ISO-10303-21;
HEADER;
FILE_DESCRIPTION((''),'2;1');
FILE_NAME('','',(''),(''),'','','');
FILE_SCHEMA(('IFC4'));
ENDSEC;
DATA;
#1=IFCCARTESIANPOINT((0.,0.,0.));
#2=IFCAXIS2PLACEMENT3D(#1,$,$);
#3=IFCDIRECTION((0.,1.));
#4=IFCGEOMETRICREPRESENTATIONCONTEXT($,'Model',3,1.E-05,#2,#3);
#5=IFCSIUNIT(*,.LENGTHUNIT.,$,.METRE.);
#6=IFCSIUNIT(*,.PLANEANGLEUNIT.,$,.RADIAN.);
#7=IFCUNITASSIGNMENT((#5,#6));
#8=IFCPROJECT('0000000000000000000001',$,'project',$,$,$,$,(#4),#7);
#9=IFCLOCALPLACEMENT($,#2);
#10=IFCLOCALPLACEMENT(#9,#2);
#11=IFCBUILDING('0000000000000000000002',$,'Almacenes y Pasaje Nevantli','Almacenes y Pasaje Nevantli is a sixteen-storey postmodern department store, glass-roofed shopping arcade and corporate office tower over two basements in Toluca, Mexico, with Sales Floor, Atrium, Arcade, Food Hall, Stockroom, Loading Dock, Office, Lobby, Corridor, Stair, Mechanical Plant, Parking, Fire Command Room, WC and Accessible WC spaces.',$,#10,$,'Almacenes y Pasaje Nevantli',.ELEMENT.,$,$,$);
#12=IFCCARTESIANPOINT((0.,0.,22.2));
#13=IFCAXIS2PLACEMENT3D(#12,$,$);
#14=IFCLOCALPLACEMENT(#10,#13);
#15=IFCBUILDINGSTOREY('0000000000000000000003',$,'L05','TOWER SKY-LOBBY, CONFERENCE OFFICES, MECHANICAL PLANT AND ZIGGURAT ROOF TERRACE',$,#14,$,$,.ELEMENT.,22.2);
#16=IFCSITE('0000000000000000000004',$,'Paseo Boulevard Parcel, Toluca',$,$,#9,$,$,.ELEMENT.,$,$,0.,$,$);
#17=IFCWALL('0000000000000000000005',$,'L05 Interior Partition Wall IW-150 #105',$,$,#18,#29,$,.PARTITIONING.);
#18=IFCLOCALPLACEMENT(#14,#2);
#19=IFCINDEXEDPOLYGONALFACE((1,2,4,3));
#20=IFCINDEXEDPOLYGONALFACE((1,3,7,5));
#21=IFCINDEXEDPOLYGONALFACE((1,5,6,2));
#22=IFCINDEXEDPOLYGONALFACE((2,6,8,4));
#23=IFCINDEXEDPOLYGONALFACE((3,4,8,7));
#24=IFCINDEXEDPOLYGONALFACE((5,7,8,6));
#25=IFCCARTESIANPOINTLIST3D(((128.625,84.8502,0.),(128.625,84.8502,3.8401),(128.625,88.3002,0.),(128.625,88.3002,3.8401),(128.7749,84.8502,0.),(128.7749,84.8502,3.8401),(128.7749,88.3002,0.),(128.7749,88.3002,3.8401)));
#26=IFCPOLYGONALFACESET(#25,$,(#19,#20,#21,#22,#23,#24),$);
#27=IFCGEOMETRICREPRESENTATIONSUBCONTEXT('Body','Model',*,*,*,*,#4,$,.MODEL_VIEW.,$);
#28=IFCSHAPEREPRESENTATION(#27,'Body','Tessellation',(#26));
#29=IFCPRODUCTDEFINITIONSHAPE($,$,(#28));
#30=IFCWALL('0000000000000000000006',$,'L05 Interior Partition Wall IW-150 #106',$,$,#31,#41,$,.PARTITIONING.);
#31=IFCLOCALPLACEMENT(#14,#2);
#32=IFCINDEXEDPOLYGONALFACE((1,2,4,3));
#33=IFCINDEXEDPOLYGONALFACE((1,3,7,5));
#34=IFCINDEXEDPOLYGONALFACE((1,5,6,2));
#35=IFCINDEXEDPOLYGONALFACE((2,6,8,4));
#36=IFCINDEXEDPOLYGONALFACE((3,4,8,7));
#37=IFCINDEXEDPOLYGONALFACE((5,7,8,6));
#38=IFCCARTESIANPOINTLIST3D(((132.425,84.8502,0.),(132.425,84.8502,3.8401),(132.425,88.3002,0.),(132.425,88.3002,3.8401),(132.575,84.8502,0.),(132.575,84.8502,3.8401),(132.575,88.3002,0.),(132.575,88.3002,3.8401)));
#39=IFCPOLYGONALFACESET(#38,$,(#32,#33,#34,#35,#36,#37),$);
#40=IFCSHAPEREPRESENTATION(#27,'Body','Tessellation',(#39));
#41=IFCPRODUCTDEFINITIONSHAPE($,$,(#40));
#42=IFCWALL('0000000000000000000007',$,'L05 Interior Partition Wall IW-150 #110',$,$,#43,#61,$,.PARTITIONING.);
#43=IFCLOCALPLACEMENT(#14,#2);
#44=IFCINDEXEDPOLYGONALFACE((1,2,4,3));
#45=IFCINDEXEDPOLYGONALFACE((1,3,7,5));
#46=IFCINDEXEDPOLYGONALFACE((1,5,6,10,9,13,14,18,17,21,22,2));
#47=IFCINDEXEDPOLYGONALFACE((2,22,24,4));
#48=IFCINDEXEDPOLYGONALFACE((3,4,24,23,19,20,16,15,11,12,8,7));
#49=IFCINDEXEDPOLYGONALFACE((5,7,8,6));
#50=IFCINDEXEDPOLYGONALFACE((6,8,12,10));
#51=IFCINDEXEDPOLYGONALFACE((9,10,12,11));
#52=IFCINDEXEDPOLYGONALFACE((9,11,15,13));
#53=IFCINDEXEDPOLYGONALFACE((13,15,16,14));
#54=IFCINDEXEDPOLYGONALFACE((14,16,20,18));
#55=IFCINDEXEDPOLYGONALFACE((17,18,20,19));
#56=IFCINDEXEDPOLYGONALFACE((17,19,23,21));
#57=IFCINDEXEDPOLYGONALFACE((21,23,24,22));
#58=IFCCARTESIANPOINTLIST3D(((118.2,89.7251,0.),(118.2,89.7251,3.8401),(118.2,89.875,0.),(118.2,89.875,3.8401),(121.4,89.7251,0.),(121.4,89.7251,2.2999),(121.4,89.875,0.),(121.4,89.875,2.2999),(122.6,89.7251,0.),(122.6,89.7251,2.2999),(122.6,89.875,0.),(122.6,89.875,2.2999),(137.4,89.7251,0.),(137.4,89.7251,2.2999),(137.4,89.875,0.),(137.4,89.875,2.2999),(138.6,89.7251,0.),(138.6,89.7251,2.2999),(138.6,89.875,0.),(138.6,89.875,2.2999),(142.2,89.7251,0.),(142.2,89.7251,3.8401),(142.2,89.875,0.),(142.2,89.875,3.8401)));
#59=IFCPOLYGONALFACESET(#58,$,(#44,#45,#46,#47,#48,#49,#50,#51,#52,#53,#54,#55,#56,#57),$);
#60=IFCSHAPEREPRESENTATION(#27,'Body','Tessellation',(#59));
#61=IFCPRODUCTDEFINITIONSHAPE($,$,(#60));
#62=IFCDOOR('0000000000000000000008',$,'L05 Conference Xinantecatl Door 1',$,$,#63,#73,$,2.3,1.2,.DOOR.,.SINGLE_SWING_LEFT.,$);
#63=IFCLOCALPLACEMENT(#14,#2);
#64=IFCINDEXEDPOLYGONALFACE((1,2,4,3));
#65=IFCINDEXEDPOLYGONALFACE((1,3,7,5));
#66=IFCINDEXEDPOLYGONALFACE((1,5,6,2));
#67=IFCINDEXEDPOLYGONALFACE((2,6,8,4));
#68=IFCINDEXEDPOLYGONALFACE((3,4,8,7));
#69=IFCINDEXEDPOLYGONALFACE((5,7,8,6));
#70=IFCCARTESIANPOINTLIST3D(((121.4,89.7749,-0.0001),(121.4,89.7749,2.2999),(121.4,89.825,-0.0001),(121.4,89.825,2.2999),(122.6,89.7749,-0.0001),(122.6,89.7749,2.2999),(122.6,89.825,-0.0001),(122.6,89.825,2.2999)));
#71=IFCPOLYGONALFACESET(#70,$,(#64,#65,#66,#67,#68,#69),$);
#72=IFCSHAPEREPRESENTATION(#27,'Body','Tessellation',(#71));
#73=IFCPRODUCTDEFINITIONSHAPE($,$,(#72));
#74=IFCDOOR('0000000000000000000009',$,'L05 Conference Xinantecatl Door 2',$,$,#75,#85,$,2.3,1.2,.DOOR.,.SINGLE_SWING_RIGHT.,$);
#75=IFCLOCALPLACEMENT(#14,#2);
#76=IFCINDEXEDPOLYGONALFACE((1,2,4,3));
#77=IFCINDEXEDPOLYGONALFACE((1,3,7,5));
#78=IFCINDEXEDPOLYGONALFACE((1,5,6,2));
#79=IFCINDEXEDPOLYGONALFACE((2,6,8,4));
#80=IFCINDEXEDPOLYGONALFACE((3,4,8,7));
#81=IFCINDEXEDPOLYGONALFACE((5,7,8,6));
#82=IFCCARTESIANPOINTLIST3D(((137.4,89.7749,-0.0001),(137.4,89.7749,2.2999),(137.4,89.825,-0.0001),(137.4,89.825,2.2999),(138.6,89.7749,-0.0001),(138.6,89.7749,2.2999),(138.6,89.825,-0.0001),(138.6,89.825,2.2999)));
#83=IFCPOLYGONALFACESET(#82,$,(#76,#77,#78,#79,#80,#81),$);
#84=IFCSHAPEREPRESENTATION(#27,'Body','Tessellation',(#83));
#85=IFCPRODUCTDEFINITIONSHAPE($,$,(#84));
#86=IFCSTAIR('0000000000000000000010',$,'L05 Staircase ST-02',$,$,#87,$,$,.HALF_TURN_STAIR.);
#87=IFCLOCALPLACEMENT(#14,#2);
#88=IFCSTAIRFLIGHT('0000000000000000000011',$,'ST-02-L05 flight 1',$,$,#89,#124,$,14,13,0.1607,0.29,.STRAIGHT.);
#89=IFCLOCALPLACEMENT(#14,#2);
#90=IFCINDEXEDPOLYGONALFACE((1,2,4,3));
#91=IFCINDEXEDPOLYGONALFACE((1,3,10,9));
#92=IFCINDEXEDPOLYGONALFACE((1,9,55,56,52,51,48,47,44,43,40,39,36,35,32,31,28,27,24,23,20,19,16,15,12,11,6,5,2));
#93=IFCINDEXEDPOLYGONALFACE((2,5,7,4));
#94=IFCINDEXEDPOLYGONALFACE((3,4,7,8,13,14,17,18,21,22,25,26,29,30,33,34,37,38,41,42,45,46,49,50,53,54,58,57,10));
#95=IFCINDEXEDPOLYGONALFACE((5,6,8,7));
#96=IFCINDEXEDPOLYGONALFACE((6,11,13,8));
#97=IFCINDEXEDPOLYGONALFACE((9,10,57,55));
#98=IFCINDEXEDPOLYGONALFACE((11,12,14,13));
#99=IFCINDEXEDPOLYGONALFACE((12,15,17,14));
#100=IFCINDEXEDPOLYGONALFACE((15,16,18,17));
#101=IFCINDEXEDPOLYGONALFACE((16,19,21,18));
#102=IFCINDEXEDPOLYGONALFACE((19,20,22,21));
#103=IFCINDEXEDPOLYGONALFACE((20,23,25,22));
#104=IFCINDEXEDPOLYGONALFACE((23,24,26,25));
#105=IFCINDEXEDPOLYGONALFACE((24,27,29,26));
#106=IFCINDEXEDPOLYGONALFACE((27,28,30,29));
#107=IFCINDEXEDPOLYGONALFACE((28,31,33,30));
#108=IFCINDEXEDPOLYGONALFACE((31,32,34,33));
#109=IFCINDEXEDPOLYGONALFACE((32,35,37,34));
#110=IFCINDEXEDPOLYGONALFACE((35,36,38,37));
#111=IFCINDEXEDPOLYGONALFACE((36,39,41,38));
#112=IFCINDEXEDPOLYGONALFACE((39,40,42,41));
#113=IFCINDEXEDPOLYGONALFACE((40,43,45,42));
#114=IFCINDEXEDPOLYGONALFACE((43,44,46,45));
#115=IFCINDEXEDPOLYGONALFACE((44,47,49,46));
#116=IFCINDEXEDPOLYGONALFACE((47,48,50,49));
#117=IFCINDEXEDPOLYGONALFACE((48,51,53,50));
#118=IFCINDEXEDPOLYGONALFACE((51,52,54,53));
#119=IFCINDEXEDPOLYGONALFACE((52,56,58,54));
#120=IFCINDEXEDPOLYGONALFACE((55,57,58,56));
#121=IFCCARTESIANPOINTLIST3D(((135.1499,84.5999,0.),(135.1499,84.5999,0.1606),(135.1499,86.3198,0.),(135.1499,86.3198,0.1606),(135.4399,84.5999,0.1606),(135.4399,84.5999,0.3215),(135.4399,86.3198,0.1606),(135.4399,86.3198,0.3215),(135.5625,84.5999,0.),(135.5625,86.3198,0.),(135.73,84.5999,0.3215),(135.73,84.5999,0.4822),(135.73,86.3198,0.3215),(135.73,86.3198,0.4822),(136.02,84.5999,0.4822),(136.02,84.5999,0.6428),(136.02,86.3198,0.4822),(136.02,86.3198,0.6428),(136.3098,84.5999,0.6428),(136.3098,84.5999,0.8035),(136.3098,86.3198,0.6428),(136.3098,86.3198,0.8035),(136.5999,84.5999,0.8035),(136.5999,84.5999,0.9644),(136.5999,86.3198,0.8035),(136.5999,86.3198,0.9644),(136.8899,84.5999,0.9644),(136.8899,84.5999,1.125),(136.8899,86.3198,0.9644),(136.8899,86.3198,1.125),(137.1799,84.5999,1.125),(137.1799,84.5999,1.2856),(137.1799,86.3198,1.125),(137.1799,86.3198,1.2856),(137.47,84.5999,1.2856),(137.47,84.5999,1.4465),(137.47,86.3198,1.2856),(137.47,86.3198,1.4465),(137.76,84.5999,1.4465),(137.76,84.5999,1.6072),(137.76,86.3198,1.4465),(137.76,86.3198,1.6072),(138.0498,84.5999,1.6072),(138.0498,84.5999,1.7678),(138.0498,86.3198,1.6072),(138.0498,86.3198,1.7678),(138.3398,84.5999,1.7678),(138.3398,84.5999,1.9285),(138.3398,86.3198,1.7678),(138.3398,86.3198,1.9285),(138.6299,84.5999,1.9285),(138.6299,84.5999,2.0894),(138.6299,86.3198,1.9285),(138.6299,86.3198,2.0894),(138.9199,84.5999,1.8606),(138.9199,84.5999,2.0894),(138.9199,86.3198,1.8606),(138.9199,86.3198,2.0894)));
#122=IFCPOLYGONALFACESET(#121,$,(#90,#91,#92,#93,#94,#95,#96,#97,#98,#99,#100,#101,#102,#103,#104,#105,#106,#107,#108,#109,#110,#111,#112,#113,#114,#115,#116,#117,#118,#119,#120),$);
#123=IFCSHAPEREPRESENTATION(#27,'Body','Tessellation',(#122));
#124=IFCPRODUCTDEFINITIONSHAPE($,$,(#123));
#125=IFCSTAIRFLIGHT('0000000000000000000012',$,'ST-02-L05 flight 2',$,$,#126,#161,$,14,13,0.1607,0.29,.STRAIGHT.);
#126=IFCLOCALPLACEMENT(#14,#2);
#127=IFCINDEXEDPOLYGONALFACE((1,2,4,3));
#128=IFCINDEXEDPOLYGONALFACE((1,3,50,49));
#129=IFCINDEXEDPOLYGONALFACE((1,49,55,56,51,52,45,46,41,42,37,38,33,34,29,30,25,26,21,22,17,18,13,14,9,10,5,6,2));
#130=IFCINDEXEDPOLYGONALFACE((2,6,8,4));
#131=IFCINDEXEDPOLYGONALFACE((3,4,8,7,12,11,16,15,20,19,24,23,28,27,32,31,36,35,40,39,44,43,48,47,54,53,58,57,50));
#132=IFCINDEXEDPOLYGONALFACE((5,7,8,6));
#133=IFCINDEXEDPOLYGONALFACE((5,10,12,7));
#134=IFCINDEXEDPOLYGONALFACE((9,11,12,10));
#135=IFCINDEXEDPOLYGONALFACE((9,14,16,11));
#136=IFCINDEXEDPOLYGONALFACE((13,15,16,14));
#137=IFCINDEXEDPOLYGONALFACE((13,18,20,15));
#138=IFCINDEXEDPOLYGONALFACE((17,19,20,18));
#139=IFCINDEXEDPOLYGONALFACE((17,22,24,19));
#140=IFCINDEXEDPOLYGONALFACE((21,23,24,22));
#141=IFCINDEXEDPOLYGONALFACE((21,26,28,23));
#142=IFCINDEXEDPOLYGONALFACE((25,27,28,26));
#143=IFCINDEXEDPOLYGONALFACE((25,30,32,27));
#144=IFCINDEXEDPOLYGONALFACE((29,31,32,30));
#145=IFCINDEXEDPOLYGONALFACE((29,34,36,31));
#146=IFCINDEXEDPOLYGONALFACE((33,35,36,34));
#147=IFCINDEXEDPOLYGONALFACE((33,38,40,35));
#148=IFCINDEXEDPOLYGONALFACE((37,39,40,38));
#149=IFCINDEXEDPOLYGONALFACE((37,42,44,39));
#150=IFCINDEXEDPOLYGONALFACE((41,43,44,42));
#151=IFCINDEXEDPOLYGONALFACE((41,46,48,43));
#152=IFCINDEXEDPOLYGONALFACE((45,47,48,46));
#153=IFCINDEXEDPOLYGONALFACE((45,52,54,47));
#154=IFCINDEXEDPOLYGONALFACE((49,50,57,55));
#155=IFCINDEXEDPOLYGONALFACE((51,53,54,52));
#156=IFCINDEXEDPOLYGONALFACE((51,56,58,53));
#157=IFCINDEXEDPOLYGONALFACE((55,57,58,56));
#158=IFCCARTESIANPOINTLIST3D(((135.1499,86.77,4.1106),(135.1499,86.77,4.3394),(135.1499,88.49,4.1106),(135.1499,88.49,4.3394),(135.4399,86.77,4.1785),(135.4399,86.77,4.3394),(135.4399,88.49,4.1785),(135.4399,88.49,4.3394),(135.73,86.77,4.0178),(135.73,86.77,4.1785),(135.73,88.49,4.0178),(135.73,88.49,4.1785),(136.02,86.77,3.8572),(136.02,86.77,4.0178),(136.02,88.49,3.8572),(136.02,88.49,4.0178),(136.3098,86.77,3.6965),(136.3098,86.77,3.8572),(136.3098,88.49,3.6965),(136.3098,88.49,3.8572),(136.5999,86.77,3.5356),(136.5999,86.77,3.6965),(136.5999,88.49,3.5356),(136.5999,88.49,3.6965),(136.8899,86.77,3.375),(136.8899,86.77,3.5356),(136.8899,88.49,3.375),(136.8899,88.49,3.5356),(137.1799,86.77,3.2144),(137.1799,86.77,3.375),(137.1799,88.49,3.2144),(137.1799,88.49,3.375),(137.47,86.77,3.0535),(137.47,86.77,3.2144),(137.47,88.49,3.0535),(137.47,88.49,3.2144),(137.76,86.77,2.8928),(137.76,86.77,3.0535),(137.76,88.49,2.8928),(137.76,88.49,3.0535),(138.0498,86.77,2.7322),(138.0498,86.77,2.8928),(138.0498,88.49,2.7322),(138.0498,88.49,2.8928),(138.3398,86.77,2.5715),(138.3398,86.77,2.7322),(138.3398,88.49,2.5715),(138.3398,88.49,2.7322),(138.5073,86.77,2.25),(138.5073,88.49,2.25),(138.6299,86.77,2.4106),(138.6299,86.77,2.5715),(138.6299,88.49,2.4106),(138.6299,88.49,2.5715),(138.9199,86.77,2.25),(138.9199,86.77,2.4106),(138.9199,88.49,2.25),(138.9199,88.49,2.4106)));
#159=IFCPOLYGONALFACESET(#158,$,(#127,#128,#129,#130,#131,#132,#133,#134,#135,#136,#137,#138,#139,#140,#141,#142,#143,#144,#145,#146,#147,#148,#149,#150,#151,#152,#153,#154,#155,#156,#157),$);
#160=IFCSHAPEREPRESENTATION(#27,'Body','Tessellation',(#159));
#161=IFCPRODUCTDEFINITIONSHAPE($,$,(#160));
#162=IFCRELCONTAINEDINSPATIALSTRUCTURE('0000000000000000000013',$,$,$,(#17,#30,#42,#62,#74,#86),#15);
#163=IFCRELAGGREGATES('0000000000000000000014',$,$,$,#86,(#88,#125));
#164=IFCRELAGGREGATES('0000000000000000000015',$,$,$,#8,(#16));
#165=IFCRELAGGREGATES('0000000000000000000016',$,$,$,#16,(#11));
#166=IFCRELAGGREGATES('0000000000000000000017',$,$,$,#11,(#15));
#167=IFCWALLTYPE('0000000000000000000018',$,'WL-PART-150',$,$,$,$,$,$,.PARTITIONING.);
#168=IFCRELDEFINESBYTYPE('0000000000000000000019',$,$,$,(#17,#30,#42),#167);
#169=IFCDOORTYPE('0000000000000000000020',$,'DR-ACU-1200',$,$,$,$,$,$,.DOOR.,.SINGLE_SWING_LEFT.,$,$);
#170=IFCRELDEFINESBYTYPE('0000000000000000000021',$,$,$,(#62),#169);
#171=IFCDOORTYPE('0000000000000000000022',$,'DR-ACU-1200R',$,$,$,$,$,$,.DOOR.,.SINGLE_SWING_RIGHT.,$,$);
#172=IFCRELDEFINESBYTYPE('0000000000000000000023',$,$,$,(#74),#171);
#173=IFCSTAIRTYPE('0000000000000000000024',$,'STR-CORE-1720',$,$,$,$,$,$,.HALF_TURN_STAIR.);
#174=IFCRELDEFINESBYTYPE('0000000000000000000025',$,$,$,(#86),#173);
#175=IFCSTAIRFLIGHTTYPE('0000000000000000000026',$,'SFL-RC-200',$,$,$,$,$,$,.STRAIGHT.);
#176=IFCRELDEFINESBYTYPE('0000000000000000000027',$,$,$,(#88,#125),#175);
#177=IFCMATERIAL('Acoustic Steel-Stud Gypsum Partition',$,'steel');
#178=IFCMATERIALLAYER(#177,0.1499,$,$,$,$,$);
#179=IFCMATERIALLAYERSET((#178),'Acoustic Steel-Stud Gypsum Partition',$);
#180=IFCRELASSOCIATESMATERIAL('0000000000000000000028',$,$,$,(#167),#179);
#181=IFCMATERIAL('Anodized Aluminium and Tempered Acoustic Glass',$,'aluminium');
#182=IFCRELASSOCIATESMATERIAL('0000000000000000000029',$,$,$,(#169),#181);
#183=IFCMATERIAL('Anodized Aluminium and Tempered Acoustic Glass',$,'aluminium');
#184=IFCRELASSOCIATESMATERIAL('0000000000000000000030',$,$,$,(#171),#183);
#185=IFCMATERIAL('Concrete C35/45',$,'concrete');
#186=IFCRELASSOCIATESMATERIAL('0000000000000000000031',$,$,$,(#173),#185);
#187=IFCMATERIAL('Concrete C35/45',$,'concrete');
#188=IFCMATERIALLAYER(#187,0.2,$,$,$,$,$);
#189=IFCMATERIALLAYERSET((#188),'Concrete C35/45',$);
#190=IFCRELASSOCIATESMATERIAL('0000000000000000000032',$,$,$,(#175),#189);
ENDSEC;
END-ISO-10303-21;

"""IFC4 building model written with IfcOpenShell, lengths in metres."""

from ifc_helpers import new_model, si_unit, direction, frame, frame_2d, origin, place, context, subcontext, project, spatial, polyline, rectangle, outline, extrude, material, layer, layer_set, type_object, element, fill, aggregate, save


model = new_model("IFC4")

# Units and contexts
model_context = context("Model", 3, precision=1e-05, world=origin(), true_north=direction((0.0, 1.0)))
body_context = subcontext(model_context, "Body", "Model", "MODEL_VIEW")
ifc_project = project(units=[si_unit("LENGTHUNIT", "METRE"), si_unit("PLANEANGLEUNIT", "RADIAN")], contexts=[model_context])

# Site, building, storey
site_placement = place(None, origin())
site = spatial("IfcSite", under=ifc_project, at=site_placement, Name="Paseo Boulevard Parcel, Toluca", CompositionType="ELEMENT", RefElevation=0.0)
building_placement = place(site_placement, origin())
building = spatial("IfcBuilding", under=site, at=building_placement, Name="Almacenes y Pasaje Nevantli", Description="Almacenes y Pasaje Nevantli is a sixteen-storey postmodern department store, glass-roofed shopping arcade and corporate office tower over two basements in Toluca, Mexico, with Sales Floor, Atrium, Arcade, Food Hall, Stockroom, Loading Dock, Office, Lobby, Corridor, Stair, Mechanical Plant, Parking, Fire Command Room, WC and Accessible WC spaces.", LongName="Almacenes y Pasaje Nevantli", CompositionType="ELEMENT")
storey_placement = place(building_placement, frame((0.0, 0.0, 22.2)))
storey = spatial("IfcBuildingStorey", under=building, at=storey_placement, Name="L05", Description="TOWER SKY-LOBBY, CONFERENCE OFFICES, MECHANICAL PLANT AND ZIGGURAT ROOF TERRACE", CompositionType="ELEMENT", Elevation=22.2)

# Shared definitions
ifc_material_1 = material(Name="Acoustic Steel-Stud Gypsum Partition", Category="steel")
ifc_layer_1 = layer(ifc_material_1, 0.1499)
ifc_layer_set_1 = layer_set([ifc_layer_1], Name="Acoustic Steel-Stud Gypsum Partition")
wall_type_1 = type_object("IfcWallType", Name="WL-PART-150", PredefinedType="PARTITIONING", material=ifc_layer_set_1)

# Walls
for number, where, z_axis, x_axis, name in (
    (1, (128.7, 84.8501, 0.0), (0.0, 0.0, 1.0), (0.0, 1.0, 0.0), "L05 Interior Partition Wall IW-150 #105"),
    (2, (132.5, 84.8501, 0.0), (0.0, 0.0, 1.0), (0.0, 1.0, 0.0), "L05 Interior Partition Wall IW-150 #106"),
):
    element("IfcWall", number, at=place(storey_placement, frame(where, z_axis=z_axis, x_axis=x_axis)), inside=storey, type_object=wall_type_1, Name=name, PredefinedType="PARTITIONING", context=body_context, shape_type="SweptSolid", body=[
        extrude(rectangle(XDim=3.45, YDim=0.1499, at=frame_2d((1.7251, 0.0))), origin(), (0.0, 0.0, 1.0), 3.8401),
    ])

# Wall, openings, doors
wall_1_placement = place(storey_placement, frame((118.2, 89.8, 0.0), z_axis=(0.0, 0.0, 1.0), x_axis=(1.0, 0.0, 0.0)))
wall_1 = element("IfcWall", 3, at=wall_1_placement, inside=storey, type_object=wall_type_1, Name="L05 Interior Partition Wall IW-150 #110", PredefinedType="PARTITIONING", context=body_context, shape_type="SweptSolid", body=[
    extrude(rectangle(XDim=24.0, YDim=0.1499, at=frame_2d((12.0, 0.0))), origin(), (0.0, 0.0, 1.0), 3.8401),
])
opening_1_placement = place(wall_1_placement, frame((3.2, 0.0, 0.0)))
opening_1 = element("IfcOpeningElement", 4, at=opening_1_placement, cuts=wall_1, PredefinedType="OPENING", context=body_context, shape_type="SweptSolid", body=[
    extrude(rectangle(XDim=1.2, YDim=2.3, at=frame_2d((0.6001, 1.1499))), frame((0.0, 0.085, 0.0), z_axis=(0.0, -1.0, 0.0), x_axis=(1.0, 0.0, 0.0)), (0.0, 0.0, 1.0), 0.1699),
])
opening_2_placement = place(wall_1_placement, frame((19.2, 0.0, 0.0)))
opening_2 = element("IfcOpeningElement", 5, at=opening_2_placement, cuts=wall_1, PredefinedType="OPENING", context=body_context, shape_type="SweptSolid", body=[
    extrude(rectangle(XDim=1.2, YDim=2.3, at=frame_2d((0.6001, 1.1499))), frame((0.0, 0.085, 0.0), z_axis=(0.0, -1.0, 0.0), x_axis=(1.0, 0.0, 0.0)), (0.0, 0.0, 1.0), 0.1699),
])
ifc_material_2 = material(Name="Anodized Aluminium and Tempered Acoustic Glass", Category="aluminium")
door_type_1 = type_object("IfcDoorType", Name="DR-ACU-1200", OperationType="SINGLE_SWING_LEFT", PredefinedType="DOOR", material=ifc_material_2)
door_1_placement = place(opening_1_placement, origin())
door_1 = element("IfcDoor", 6, at=door_1_placement, inside=storey, type_object=door_type_1, Name="L05 Conference Xinantecatl Door 1", OperationType="SINGLE_SWING_LEFT", OverallHeight=2.3, OverallWidth=1.2, PredefinedType="DOOR", context=body_context, shape_type="SweptSolid", body=[
    extrude(rectangle(XDim=1.2, YDim=2.3, at=frame_2d((0.6001, 1.1499))), frame((0.0, 0.0249, 0.0), z_axis=(0.0, -1.0, 0.0), x_axis=(1.0, 0.0, 0.0)), (0.0, 0.0, 1.0), 0.05),
])
fill(opening_1, door_1)
ifc_material_3 = material(Name="Anodized Aluminium and Tempered Acoustic Glass", Category="aluminium")
door_type_2 = type_object("IfcDoorType", Name="DR-ACU-1200R", OperationType="SINGLE_SWING_RIGHT", PredefinedType="DOOR", material=ifc_material_3)
door_2_placement = place(opening_2_placement, origin())
door_2 = element("IfcDoor", 7, at=door_2_placement, inside=storey, type_object=door_type_2, Name="L05 Conference Xinantecatl Door 2", OperationType="SINGLE_SWING_RIGHT", OverallHeight=2.3, OverallWidth=1.2, PredefinedType="DOOR", context=body_context, shape_type="SweptSolid", body=[
    extrude(rectangle(XDim=1.2, YDim=2.3, at=frame_2d((0.6001, 1.1499))), frame((0.0, 0.0249, 0.0), z_axis=(0.0, -1.0, 0.0), x_axis=(1.0, 0.0, 0.0)), (0.0, 0.0, 1.0), 0.05),
])
fill(opening_2, door_2)

# Stair, stair flights
ifc_material_4 = material(Name="Concrete C35/45", Category="concrete")
stair_type = type_object("IfcStairType", Name="STR-CORE-1720", PredefinedType="HALF_TURN_STAIR", material=ifc_material_4)
stair_placement = place(storey_placement, origin())
stair = element("IfcStair", 8, at=stair_placement, inside=storey, type_object=stair_type, Name="L05 Staircase ST-02", PredefinedType="HALF_TURN_STAIR")
ifc_material_5 = material(Name="Concrete C35/45", Category="concrete")
ifc_layer_2 = layer(ifc_material_5, 0.2)
ifc_layer_set_2 = layer_set([ifc_layer_2], Name="Concrete C35/45")
stair_flight_type = type_object("IfcStairFlightType", Name="SFL-RC-200", PredefinedType="STRAIGHT", material=ifc_layer_set_2)
stair_flight_1_placement = place(storey_placement, frame((135.1499, 85.46, 0.0), z_axis=(0.0, 0.0, 1.0), x_axis=(1.0, 0.0, 0.0)))
stair_flight_1 = element("IfcStairFlight", 9, at=stair_flight_1_placement, type_object=stair_flight_type, Name="ST-02-L05 flight 1", NumberOfRisers=14, NumberOfTreads=13, PredefinedType="STRAIGHT", RiserHeight=0.1607, TreadLength=0.29, context=body_context, shape_type="SweptSolid", body=[
    extrude(outline(polyline([(0.0, 0.0), (0.0, 0.1606), (0.29, 0.1606), (0.29, 0.3215), (0.5801, 0.3215), (0.5801, 0.4822), (0.8701, 0.4822), (0.8701, 0.6428), (1.1599, 0.6428), (1.1599, 0.8035), (1.45, 0.8035), (1.45, 0.9644), (1.74, 0.9644), (1.74, 1.125), (2.03, 1.125), (2.03, 1.2856), (2.3201, 1.2856), (2.3201, 1.4465), (2.6101, 1.4465), (2.6101, 1.6072), (2.8999, 1.6072), (2.8999, 1.7678), (3.1899, 1.7678), (3.1899, 1.9285), (3.48, 1.9285), (3.48, 2.0894), (3.77, 2.0894), (3.77, 2.25), (3.77, 1.8606), (0.4126, 0.0), (0.0, 0.0)])), frame((0.0, 0.8599, 0.0), z_axis=(0.0, -1.0, 0.0), x_axis=(1.0, 0.0, 0.0)), (0.0, 0.0, 1.0), 1.72),
])
stair_flight_2_placement = place(storey_placement, frame((138.9199, 87.6299, 2.25), z_axis=(0.0, 0.0, 1.0), x_axis=(-1.0, 0.0, 0.0)))
stair_flight_2 = element("IfcStairFlight", 10, at=stair_flight_2_placement, type_object=stair_flight_type, Name="ST-02-L05 flight 2", NumberOfRisers=14, NumberOfTreads=13, PredefinedType="STRAIGHT", RiserHeight=0.1607, TreadLength=0.29, context=body_context, shape_type="SweptSolid", body=[
    extrude(outline(polyline([(0.0, 0.0), (0.0, 0.1606), (0.29, 0.1606), (0.29, 0.3215), (0.5801, 0.3215), (0.5801, 0.4822), (0.8701, 0.4822), (0.8701, 0.6428), (1.1599, 0.6428), (1.1599, 0.8035), (1.45, 0.8035), (1.45, 0.9644), (1.74, 0.9644), (1.74, 1.125), (2.03, 1.125), (2.03, 1.2856), (2.3201, 1.2856), (2.3201, 1.4465), (2.6101, 1.4465), (2.6101, 1.6072), (2.8999, 1.6072), (2.8999, 1.7678), (3.1899, 1.7678), (3.1899, 1.9285), (3.48, 1.9285), (3.48, 2.0894), (3.77, 2.0894), (3.77, 2.25), (3.77, 1.8606), (0.4126, 0.0), (0.0, 0.0)])), frame((0.0, 0.8599, 0.0), z_axis=(0.0, -1.0, 0.0), x_axis=(1.0, 0.0, 0.0)), (0.0, 0.0, 1.0), 1.72),
])
aggregate(stair, [stair_flight_1, stair_flight_2])

save(model, "model.ifc")
